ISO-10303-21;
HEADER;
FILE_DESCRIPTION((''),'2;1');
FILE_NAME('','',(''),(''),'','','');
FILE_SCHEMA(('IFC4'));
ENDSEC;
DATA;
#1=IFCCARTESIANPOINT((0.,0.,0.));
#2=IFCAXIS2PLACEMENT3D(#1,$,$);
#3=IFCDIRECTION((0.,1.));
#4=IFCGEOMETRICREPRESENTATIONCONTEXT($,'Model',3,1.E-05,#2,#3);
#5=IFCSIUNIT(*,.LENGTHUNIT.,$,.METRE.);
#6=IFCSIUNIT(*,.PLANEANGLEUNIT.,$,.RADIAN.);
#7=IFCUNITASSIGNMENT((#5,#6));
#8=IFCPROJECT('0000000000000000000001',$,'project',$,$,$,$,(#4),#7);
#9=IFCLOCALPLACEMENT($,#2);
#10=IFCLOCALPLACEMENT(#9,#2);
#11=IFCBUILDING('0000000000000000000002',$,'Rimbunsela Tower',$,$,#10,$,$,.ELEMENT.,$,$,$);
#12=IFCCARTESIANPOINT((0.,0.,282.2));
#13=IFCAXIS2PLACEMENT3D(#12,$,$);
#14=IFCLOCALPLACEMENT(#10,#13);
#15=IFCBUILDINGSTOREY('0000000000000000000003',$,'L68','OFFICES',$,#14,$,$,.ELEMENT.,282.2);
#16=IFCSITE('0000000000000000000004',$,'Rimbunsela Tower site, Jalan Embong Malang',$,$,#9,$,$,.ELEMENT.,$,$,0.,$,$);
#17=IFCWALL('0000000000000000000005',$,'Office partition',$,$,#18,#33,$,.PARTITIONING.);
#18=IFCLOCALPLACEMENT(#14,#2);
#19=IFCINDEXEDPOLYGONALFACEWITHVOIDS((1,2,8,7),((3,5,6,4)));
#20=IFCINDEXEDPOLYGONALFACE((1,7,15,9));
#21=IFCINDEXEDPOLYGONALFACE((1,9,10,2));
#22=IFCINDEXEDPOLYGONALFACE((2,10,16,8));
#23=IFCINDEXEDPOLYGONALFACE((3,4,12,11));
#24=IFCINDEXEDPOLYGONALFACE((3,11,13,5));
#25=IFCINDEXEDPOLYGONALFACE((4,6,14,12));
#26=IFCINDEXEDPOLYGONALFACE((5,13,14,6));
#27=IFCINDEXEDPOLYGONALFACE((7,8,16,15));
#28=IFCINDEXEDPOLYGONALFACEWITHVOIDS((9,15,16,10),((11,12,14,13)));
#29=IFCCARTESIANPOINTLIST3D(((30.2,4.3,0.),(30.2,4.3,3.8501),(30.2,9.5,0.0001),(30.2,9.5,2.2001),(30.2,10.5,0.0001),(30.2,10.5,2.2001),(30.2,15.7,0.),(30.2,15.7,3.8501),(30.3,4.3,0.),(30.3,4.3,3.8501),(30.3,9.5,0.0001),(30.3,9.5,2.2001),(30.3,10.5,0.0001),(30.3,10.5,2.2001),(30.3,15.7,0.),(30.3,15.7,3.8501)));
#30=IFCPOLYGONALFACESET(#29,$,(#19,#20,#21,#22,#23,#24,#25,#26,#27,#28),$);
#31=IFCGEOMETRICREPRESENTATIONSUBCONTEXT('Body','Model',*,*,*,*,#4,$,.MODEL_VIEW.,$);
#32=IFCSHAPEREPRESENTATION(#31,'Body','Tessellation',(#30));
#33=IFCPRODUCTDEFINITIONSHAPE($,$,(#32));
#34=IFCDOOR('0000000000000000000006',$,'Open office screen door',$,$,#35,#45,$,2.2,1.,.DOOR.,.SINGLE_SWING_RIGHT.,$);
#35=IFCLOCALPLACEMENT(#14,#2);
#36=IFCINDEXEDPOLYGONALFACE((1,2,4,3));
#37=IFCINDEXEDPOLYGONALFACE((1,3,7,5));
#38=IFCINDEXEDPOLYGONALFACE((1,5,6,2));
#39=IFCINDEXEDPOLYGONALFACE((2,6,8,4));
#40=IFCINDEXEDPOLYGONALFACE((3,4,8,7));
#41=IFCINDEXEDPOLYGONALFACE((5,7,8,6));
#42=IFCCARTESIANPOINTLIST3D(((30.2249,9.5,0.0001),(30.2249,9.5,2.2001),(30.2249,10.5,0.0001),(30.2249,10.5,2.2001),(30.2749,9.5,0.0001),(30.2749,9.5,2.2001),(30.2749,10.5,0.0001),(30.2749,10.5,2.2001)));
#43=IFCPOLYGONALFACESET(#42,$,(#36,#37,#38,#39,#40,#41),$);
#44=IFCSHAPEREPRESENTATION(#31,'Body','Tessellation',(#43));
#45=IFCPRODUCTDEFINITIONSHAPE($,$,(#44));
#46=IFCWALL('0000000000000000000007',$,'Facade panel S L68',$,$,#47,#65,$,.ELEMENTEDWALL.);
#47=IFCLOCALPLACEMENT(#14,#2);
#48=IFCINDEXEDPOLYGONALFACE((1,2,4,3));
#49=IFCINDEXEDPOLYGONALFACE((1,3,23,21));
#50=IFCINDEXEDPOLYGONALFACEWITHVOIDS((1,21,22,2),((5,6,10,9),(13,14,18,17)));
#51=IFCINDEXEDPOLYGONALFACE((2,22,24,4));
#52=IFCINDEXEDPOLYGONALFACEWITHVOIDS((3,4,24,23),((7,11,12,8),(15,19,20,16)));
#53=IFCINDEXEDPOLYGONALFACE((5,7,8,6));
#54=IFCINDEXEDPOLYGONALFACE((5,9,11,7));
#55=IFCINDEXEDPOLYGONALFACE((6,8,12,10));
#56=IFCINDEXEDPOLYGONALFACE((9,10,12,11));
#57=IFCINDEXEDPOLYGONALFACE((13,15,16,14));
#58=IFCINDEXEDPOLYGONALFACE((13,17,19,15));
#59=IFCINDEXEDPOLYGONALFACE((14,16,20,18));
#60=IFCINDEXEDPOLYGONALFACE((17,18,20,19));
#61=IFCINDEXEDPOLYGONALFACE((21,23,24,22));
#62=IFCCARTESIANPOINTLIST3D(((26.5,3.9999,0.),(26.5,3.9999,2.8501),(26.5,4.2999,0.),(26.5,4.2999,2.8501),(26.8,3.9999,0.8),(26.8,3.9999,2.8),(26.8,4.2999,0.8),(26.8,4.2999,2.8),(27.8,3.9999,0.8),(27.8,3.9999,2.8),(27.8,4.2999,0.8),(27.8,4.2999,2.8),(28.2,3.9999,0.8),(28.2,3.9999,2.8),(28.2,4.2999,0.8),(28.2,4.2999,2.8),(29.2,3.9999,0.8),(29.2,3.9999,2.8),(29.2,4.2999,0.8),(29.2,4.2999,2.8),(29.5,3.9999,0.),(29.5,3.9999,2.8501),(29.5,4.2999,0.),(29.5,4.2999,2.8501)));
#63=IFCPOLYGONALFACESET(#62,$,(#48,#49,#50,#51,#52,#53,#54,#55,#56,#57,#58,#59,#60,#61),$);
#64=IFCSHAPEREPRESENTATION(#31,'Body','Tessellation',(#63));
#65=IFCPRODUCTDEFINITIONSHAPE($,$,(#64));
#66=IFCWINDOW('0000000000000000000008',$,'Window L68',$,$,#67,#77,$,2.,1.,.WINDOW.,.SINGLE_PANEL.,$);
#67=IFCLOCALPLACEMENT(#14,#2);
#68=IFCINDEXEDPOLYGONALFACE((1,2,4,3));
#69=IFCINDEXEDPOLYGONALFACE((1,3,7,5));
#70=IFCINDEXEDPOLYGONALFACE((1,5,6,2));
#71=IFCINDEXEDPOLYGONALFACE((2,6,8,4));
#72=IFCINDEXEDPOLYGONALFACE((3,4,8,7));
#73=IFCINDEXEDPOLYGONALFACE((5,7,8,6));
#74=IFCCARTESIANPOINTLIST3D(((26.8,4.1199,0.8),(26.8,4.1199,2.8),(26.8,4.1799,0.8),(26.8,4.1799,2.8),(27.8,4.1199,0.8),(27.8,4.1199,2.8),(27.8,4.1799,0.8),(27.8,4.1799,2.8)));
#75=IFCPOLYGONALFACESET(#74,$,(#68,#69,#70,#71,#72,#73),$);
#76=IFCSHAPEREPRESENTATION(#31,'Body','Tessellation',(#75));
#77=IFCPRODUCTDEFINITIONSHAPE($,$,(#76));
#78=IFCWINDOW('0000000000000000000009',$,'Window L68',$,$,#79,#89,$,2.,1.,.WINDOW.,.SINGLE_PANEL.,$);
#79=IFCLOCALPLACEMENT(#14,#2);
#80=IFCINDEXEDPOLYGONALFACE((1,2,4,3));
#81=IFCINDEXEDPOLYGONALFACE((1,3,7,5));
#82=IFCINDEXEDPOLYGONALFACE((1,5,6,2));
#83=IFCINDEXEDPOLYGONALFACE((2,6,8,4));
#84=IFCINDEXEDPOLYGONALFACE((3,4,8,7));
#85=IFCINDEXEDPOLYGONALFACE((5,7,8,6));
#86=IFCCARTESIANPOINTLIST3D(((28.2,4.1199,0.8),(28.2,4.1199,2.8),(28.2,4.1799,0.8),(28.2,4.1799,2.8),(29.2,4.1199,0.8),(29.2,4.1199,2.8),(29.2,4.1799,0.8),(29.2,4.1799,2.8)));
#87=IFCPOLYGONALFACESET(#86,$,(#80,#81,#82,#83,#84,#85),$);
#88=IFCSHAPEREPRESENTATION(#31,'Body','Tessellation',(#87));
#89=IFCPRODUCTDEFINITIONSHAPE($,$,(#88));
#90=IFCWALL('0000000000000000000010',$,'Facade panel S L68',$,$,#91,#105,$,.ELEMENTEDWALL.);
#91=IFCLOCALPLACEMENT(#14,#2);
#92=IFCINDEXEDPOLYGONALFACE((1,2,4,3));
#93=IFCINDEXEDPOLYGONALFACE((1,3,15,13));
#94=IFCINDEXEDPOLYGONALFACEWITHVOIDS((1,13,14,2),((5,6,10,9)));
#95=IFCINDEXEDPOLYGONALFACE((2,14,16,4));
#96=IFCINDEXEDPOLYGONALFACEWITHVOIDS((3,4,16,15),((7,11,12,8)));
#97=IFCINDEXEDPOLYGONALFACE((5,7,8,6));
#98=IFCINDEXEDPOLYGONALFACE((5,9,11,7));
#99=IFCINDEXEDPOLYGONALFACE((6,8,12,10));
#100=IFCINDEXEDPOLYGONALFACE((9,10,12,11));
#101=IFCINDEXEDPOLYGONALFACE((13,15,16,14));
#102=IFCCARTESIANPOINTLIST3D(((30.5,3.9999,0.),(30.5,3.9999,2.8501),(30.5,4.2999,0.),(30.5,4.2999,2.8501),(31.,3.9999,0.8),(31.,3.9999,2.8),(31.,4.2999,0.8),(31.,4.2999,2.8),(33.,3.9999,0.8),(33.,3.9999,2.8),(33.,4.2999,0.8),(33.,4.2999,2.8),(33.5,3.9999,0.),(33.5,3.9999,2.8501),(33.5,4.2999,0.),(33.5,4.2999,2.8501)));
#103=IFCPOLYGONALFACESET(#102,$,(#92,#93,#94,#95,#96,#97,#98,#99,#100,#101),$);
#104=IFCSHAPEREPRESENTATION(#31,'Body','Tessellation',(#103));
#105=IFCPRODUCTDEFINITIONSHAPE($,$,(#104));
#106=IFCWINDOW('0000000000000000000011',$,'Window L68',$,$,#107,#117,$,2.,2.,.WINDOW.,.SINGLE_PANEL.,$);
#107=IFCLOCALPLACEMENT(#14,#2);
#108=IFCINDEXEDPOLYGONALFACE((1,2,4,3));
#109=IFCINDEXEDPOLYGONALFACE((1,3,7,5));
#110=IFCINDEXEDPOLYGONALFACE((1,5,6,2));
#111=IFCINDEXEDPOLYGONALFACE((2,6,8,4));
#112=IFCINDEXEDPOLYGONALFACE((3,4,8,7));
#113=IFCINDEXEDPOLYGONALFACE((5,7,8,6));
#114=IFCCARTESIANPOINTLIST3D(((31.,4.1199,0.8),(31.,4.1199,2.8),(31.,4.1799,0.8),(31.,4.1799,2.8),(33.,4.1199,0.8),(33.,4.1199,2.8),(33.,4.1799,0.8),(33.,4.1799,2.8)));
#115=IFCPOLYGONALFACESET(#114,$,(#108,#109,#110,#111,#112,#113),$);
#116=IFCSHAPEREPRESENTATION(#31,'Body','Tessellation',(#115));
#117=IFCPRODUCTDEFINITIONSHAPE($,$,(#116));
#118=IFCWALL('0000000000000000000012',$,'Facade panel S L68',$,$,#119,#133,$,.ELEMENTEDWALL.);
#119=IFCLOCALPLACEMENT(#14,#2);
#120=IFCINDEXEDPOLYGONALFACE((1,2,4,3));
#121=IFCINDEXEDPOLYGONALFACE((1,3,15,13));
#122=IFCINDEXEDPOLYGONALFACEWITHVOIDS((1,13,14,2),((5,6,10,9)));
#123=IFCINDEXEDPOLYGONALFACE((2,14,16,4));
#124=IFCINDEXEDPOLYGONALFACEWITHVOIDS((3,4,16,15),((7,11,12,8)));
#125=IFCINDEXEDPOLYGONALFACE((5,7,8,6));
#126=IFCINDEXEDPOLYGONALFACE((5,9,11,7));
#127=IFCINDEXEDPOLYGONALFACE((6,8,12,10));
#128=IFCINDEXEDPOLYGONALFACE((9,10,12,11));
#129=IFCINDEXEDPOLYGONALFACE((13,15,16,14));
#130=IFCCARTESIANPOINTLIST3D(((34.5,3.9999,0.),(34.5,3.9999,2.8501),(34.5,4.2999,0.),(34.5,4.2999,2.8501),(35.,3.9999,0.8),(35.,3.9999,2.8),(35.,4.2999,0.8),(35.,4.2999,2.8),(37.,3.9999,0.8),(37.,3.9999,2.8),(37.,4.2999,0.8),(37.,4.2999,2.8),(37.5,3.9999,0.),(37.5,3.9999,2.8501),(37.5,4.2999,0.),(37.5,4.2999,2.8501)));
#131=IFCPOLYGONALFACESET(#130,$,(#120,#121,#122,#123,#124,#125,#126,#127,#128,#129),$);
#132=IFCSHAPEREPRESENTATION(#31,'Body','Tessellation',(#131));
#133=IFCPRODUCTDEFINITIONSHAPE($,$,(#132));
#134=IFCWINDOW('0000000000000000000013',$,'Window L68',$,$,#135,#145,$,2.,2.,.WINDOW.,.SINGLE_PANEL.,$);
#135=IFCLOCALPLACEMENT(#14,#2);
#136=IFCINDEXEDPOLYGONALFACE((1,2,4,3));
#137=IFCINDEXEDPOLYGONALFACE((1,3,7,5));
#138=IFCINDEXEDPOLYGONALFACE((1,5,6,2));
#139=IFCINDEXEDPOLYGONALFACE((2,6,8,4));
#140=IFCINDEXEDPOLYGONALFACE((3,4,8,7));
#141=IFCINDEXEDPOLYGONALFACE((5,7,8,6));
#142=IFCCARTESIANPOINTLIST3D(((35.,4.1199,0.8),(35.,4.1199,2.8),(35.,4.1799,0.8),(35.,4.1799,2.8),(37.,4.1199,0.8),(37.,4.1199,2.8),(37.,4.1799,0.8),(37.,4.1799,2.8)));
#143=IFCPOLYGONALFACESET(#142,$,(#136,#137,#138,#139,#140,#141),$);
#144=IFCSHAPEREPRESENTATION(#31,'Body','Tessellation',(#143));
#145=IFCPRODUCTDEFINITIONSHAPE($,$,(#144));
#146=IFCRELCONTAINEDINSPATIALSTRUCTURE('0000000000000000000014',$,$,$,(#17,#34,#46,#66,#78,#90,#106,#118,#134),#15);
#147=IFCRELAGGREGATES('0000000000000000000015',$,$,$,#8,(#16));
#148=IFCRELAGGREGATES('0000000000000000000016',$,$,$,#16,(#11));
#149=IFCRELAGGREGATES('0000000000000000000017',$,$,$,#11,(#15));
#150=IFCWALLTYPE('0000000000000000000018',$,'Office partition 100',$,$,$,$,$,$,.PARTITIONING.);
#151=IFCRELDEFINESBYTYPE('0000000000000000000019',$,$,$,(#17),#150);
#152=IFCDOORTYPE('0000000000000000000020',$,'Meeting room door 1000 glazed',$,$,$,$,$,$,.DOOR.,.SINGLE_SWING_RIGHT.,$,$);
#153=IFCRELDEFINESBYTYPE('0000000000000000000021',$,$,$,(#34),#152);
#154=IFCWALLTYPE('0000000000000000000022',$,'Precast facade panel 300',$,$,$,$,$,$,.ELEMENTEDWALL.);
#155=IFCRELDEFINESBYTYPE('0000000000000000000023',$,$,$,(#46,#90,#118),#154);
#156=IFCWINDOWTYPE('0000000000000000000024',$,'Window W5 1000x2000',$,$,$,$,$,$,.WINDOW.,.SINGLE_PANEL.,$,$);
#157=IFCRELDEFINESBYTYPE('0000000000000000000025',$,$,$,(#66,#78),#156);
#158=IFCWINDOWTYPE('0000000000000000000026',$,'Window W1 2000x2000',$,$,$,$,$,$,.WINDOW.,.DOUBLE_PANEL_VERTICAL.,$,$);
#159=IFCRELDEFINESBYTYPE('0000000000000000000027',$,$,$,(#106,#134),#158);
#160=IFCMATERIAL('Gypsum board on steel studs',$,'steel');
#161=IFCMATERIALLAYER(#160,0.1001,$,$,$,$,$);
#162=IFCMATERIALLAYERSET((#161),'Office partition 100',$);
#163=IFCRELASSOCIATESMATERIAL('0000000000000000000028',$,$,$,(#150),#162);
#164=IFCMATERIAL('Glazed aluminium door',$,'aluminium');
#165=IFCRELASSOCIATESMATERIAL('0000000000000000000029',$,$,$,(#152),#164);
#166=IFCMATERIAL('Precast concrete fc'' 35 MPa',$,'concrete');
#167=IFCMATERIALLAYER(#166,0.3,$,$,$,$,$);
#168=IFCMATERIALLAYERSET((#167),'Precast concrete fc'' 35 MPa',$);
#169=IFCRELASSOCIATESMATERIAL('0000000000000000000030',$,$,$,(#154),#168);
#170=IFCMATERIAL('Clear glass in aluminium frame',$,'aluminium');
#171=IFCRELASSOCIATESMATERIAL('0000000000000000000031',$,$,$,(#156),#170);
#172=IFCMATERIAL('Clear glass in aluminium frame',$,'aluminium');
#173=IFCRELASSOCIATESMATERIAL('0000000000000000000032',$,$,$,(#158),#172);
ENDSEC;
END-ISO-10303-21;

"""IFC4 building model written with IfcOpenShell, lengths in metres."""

from ifc_helpers import new_model, si_unit, direction, frame, frame_2d, origin, place, context, subcontext, project, spatial, rectangle, extrude, material, layer, layer_set, type_object, element, fill, save


model = new_model("IFC4")

# Units and contexts
model_context = context("Model", 3, precision=1e-05, world=origin(), true_north=direction((0.0, 1.0)))
body_context = subcontext(model_context, "Body", "Model", "MODEL_VIEW")
ifc_project = project(units=[si_unit("LENGTHUNIT", "METRE"), si_unit("PLANEANGLEUNIT", "RADIAN")], contexts=[model_context])

# Site, building, storey
site_placement = place(None, origin())
site = spatial("IfcSite", under=ifc_project, at=site_placement, Name="Rimbunsela Tower site, Jalan Embong Malang", CompositionType="ELEMENT", RefElevation=0.0)
building_placement = place(site_placement, origin())
building = spatial("IfcBuilding", under=site, at=building_placement, Name="Rimbunsela Tower", CompositionType="ELEMENT")
storey_placement = place(building_placement, frame((0.0, 0.0, 282.2)))
storey = spatial("IfcBuildingStorey", under=building, at=storey_placement, Name="L68", Description="OFFICES", CompositionType="ELEMENT", Elevation=282.2)

# Shared definitions
ifc_material_1 = material(Name="Gypsum board on steel studs", Category="steel")
ifc_layer_1 = layer(ifc_material_1, 0.1001)
ifc_layer_set_1 = layer_set([ifc_layer_1], Name="Office partition 100")
wall_type_1 = type_object("IfcWallType", Name="Office partition 100", PredefinedType="PARTITIONING", material=ifc_layer_set_1)

# Wall, opening, door
wall_1_placement = place(storey_placement, frame((30.25, 15.7, 0.0), z_axis=(0.0, 0.0, 1.0), x_axis=(0.0, -1.0, 0.0)))
wall_1 = element("IfcWall", 1, at=wall_1_placement, inside=storey, type_object=wall_type_1, Name="Office partition", PredefinedType="PARTITIONING", context=body_context, shape_type="SweptSolid", body=[
    extrude(rectangle(XDim=11.3999, YDim=0.1001, at=frame_2d((5.7, 0.0))), origin(), (0.0, 0.0, 1.0), 3.8501),
])
opening_1_placement = place(wall_1_placement, frame((5.2, 0.0, 0.0)))
opening_1 = element("IfcOpeningElement", 2, at=opening_1_placement, cuts=wall_1, PredefinedType="OPENING", context=body_context, shape_type="SweptSolid", body=[
    extrude(rectangle(XDim=1.0, YDim=2.2, at=frame_2d((0.5, 1.1001))), frame((0.0, 0.0601, 0.0), z_axis=(0.0, -1.0, 0.0), x_axis=(1.0, 0.0, 0.0)), (0.0, 0.0, 1.0), 0.1201),
])
ifc_material_2 = material(Name="Glazed aluminium door", Category="aluminium")
door_type_1 = type_object("IfcDoorType", Name="Meeting room door 1000 glazed", OperationType="SINGLE_SWING_RIGHT", PredefinedType="DOOR", material=ifc_material_2)
door_1_placement = place(opening_1_placement, origin())
door_1 = element("IfcDoor", 3, at=door_1_placement, inside=storey, type_object=door_type_1, Name="Open office screen door", OperationType="SINGLE_SWING_RIGHT", OverallHeight=2.2, OverallWidth=1.0, PredefinedType="DOOR", context=body_context, shape_type="SweptSolid", body=[
    extrude(rectangle(XDim=1.0, YDim=2.2, at=frame_2d((0.5, 1.1001))), frame((0.0, 0.0249, 0.0), z_axis=(0.0, -1.0, 0.0), x_axis=(1.0, 0.0, 0.0)), (0.0, 0.0, 1.0), 0.05),
])
fill(opening_1, door_1)

# Wall, openings, windows
ifc_material_3 = material(Name="Precast concrete fc' 35 MPa", Category="concrete")
ifc_layer_2 = layer(ifc_material_3, 0.3)
ifc_layer_set_2 = layer_set([ifc_layer_2], Name="Precast concrete fc' 35 MPa")
wall_type_2 = type_object("IfcWallType", Name="Precast facade panel 300", PredefinedType="ELEMENTEDWALL", material=ifc_layer_set_2)
wall_2_placement = place(storey_placement, frame((26.5, 4.1499, 0.0), z_axis=(0.0, 0.0, 1.0), x_axis=(1.0, 0.0, 0.0)))
wall_2 = element("IfcWall", 4, at=wall_2_placement, inside=storey, type_object=wall_type_2, Name="Facade panel S L68", PredefinedType="ELEMENTEDWALL", context=body_context, shape_type="SweptSolid", body=[
    extrude(rectangle(XDim=3.0, YDim=0.3, at=frame_2d((1.5, 0.0))), origin(), (0.0, 0.0, 1.0), 2.8501),
])
opening_2_placement = place(wall_2_placement, frame((0.3, 0.0, 0.8)))
opening_2 = element("IfcOpeningElement", 5, at=opening_2_placement, cuts=wall_2, PredefinedType="OPENING", context=body_context, shape_type="SweptSolid", body=[
    extrude(rectangle(XDim=1.0, YDim=2.0, at=frame_2d((0.5, 1.0))), frame((0.0, 0.1599, 0.0), z_axis=(0.0, -1.0, 0.0), x_axis=(1.0, 0.0, 0.0)), (0.0, 0.0, 1.0), 0.3201),
])
opening_3_placement = place(wall_2_placement, frame((1.7, 0.0, 0.8)))
opening_3 = element("IfcOpeningElement", 6, at=opening_3_placement, cuts=wall_2, PredefinedType="OPENING", context=body_context, shape_type="SweptSolid", body=[
    extrude(rectangle(XDim=1.0, YDim=2.0, at=frame_2d((0.5, 1.0))), frame((0.0, 0.1599, 0.0), z_axis=(0.0, -1.0, 0.0), x_axis=(1.0, 0.0, 0.0)), (0.0, 0.0, 1.0), 0.3201),
])
ifc_material_4 = material(Name="Clear glass in aluminium frame", Category="aluminium")
window_type_1 = type_object("IfcWindowType", Name="Window W5 1000x2000", PartitioningType="SINGLE_PANEL", PredefinedType="WINDOW", material=ifc_material_4)
window_1_placement = place(opening_2_placement, origin())
window_1 = element("IfcWindow", 7, at=window_1_placement, inside=storey, type_object=window_type_1, Name="Window L68", OverallHeight=2.0, OverallWidth=1.0, PartitioningType="SINGLE_PANEL", PredefinedType="WINDOW", context=body_context, shape_type="SweptSolid", body=[
    extrude(rectangle(XDim=1.0, YDim=2.0, at=frame_2d((0.5, 1.0))), frame((0.0, 0.03, 0.0), z_axis=(0.0, -1.0, 0.0), x_axis=(1.0, 0.0, 0.0)), (0.0, 0.0, 1.0), 0.0601),
])
fill(opening_2, window_1)
window_2_placement = place(opening_3_placement, origin())
window_2 = element("IfcWindow", 8, at=window_2_placement, inside=storey, type_object=window_type_1, Name="Window L68", OverallHeight=2.0, OverallWidth=1.0, PartitioningType="SINGLE_PANEL", PredefinedType="WINDOW", context=body_context, shape_type="SweptSolid", body=[
    extrude(rectangle(XDim=1.0, YDim=2.0, at=frame_2d((0.5, 1.0))), frame((0.0, 0.03, 0.0), z_axis=(0.0, -1.0, 0.0), x_axis=(1.0, 0.0, 0.0)), (0.0, 0.0, 1.0), 0.0601),
])
fill(opening_3, window_2)

# Walls, openings, windows
wall_3_placement = place(storey_placement, frame((30.5, 4.1499, 0.0), z_axis=(0.0, 0.0, 1.0), x_axis=(1.0, 0.0, 0.0)))
wall_3 = element("IfcWall", 9, at=wall_3_placement, inside=storey, type_object=wall_type_2, Name="Facade panel S L68", PredefinedType="ELEMENTEDWALL", context=body_context, shape_type="SweptSolid", body=[
    extrude(rectangle(XDim=3.0, YDim=0.3, at=frame_2d((1.5, 0.0))), origin(), (0.0, 0.0, 1.0), 2.8501),
])
opening_4_placement = place(wall_3_placement, frame((0.5, 0.0, 0.8)))
opening_4 = element("IfcOpeningElement", 10, at=opening_4_placement, cuts=wall_3, PredefinedType="OPENING", context=body_context, shape_type="SweptSolid", body=[
    extrude(rectangle(XDim=2.0, YDim=2.0, at=frame_2d((1.0, 1.0))), frame((0.0, 0.1599, 0.0), z_axis=(0.0, -1.0, 0.0), x_axis=(1.0, 0.0, 0.0)), (0.0, 0.0, 1.0), 0.3201),
])
ifc_material_5 = material(Name="Clear glass in aluminium frame", Category="aluminium")
window_type_2 = type_object("IfcWindowType", Name="Window W1 2000x2000", PartitioningType="DOUBLE_PANEL_VERTICAL", PredefinedType="WINDOW", material=ifc_material_5)
window_3_placement = place(opening_4_placement, origin())
window_3 = element("IfcWindow", 11, at=window_3_placement, inside=storey, type_object=window_type_2, Name="Window L68", OverallHeight=2.0, OverallWidth=2.0, PartitioningType="SINGLE_PANEL", PredefinedType="WINDOW", context=body_context, shape_type="SweptSolid", body=[
    extrude(rectangle(XDim=2.0, YDim=2.0, at=frame_2d((1.0, 1.0))), frame((0.0, 0.03, 0.0), z_axis=(0.0, -1.0, 0.0), x_axis=(1.0, 0.0, 0.0)), (0.0, 0.0, 1.0), 0.0601),
])
fill(opening_4, window_3)
wall_4_placement = place(storey_placement, frame((34.5, 4.1499, 0.0), z_axis=(0.0, 0.0, 1.0), x_axis=(1.0, 0.0, 0.0)))
wall_4 = element("IfcWall", 12, at=wall_4_placement, inside=storey, type_object=wall_type_2, Name="Facade panel S L68", PredefinedType="ELEMENTEDWALL", context=body_context, shape_type="SweptSolid", body=[
    extrude(rectangle(XDim=3.0, YDim=0.3, at=frame_2d((1.5, 0.0))), origin(), (0.0, 0.0, 1.0), 2.8501),
])
opening_5_placement = place(wall_4_placement, frame((0.5, 0.0, 0.8)))
opening_5 = element("IfcOpeningElement", 13, at=opening_5_placement, cuts=wall_4, PredefinedType="OPENING", context=body_context, shape_type="SweptSolid", body=[
    extrude(rectangle(XDim=2.0, YDim=2.0, at=frame_2d((1.0, 1.0))), frame((0.0, 0.1599, 0.0), z_axis=(0.0, -1.0, 0.0), x_axis=(1.0, 0.0, 0.0)), (0.0, 0.0, 1.0), 0.3201),
])
window_4_placement = place(opening_5_placement, origin())
window_4 = element("IfcWindow", 14, at=window_4_placement, inside=storey, type_object=window_type_2, Name="Window L68", OverallHeight=2.0, OverallWidth=2.0, PartitioningType="SINGLE_PANEL", PredefinedType="WINDOW", context=body_context, shape_type="SweptSolid", body=[
    extrude(rectangle(XDim=2.0, YDim=2.0, at=frame_2d((1.0, 1.0))), frame((0.0, 0.03, 0.0), z_axis=(0.0, -1.0, 0.0), x_axis=(1.0, 0.0, 0.0)), (0.0, 0.0, 1.0), 0.0601),
])
fill(opening_5, window_4)

save(model, "model.ifc")
